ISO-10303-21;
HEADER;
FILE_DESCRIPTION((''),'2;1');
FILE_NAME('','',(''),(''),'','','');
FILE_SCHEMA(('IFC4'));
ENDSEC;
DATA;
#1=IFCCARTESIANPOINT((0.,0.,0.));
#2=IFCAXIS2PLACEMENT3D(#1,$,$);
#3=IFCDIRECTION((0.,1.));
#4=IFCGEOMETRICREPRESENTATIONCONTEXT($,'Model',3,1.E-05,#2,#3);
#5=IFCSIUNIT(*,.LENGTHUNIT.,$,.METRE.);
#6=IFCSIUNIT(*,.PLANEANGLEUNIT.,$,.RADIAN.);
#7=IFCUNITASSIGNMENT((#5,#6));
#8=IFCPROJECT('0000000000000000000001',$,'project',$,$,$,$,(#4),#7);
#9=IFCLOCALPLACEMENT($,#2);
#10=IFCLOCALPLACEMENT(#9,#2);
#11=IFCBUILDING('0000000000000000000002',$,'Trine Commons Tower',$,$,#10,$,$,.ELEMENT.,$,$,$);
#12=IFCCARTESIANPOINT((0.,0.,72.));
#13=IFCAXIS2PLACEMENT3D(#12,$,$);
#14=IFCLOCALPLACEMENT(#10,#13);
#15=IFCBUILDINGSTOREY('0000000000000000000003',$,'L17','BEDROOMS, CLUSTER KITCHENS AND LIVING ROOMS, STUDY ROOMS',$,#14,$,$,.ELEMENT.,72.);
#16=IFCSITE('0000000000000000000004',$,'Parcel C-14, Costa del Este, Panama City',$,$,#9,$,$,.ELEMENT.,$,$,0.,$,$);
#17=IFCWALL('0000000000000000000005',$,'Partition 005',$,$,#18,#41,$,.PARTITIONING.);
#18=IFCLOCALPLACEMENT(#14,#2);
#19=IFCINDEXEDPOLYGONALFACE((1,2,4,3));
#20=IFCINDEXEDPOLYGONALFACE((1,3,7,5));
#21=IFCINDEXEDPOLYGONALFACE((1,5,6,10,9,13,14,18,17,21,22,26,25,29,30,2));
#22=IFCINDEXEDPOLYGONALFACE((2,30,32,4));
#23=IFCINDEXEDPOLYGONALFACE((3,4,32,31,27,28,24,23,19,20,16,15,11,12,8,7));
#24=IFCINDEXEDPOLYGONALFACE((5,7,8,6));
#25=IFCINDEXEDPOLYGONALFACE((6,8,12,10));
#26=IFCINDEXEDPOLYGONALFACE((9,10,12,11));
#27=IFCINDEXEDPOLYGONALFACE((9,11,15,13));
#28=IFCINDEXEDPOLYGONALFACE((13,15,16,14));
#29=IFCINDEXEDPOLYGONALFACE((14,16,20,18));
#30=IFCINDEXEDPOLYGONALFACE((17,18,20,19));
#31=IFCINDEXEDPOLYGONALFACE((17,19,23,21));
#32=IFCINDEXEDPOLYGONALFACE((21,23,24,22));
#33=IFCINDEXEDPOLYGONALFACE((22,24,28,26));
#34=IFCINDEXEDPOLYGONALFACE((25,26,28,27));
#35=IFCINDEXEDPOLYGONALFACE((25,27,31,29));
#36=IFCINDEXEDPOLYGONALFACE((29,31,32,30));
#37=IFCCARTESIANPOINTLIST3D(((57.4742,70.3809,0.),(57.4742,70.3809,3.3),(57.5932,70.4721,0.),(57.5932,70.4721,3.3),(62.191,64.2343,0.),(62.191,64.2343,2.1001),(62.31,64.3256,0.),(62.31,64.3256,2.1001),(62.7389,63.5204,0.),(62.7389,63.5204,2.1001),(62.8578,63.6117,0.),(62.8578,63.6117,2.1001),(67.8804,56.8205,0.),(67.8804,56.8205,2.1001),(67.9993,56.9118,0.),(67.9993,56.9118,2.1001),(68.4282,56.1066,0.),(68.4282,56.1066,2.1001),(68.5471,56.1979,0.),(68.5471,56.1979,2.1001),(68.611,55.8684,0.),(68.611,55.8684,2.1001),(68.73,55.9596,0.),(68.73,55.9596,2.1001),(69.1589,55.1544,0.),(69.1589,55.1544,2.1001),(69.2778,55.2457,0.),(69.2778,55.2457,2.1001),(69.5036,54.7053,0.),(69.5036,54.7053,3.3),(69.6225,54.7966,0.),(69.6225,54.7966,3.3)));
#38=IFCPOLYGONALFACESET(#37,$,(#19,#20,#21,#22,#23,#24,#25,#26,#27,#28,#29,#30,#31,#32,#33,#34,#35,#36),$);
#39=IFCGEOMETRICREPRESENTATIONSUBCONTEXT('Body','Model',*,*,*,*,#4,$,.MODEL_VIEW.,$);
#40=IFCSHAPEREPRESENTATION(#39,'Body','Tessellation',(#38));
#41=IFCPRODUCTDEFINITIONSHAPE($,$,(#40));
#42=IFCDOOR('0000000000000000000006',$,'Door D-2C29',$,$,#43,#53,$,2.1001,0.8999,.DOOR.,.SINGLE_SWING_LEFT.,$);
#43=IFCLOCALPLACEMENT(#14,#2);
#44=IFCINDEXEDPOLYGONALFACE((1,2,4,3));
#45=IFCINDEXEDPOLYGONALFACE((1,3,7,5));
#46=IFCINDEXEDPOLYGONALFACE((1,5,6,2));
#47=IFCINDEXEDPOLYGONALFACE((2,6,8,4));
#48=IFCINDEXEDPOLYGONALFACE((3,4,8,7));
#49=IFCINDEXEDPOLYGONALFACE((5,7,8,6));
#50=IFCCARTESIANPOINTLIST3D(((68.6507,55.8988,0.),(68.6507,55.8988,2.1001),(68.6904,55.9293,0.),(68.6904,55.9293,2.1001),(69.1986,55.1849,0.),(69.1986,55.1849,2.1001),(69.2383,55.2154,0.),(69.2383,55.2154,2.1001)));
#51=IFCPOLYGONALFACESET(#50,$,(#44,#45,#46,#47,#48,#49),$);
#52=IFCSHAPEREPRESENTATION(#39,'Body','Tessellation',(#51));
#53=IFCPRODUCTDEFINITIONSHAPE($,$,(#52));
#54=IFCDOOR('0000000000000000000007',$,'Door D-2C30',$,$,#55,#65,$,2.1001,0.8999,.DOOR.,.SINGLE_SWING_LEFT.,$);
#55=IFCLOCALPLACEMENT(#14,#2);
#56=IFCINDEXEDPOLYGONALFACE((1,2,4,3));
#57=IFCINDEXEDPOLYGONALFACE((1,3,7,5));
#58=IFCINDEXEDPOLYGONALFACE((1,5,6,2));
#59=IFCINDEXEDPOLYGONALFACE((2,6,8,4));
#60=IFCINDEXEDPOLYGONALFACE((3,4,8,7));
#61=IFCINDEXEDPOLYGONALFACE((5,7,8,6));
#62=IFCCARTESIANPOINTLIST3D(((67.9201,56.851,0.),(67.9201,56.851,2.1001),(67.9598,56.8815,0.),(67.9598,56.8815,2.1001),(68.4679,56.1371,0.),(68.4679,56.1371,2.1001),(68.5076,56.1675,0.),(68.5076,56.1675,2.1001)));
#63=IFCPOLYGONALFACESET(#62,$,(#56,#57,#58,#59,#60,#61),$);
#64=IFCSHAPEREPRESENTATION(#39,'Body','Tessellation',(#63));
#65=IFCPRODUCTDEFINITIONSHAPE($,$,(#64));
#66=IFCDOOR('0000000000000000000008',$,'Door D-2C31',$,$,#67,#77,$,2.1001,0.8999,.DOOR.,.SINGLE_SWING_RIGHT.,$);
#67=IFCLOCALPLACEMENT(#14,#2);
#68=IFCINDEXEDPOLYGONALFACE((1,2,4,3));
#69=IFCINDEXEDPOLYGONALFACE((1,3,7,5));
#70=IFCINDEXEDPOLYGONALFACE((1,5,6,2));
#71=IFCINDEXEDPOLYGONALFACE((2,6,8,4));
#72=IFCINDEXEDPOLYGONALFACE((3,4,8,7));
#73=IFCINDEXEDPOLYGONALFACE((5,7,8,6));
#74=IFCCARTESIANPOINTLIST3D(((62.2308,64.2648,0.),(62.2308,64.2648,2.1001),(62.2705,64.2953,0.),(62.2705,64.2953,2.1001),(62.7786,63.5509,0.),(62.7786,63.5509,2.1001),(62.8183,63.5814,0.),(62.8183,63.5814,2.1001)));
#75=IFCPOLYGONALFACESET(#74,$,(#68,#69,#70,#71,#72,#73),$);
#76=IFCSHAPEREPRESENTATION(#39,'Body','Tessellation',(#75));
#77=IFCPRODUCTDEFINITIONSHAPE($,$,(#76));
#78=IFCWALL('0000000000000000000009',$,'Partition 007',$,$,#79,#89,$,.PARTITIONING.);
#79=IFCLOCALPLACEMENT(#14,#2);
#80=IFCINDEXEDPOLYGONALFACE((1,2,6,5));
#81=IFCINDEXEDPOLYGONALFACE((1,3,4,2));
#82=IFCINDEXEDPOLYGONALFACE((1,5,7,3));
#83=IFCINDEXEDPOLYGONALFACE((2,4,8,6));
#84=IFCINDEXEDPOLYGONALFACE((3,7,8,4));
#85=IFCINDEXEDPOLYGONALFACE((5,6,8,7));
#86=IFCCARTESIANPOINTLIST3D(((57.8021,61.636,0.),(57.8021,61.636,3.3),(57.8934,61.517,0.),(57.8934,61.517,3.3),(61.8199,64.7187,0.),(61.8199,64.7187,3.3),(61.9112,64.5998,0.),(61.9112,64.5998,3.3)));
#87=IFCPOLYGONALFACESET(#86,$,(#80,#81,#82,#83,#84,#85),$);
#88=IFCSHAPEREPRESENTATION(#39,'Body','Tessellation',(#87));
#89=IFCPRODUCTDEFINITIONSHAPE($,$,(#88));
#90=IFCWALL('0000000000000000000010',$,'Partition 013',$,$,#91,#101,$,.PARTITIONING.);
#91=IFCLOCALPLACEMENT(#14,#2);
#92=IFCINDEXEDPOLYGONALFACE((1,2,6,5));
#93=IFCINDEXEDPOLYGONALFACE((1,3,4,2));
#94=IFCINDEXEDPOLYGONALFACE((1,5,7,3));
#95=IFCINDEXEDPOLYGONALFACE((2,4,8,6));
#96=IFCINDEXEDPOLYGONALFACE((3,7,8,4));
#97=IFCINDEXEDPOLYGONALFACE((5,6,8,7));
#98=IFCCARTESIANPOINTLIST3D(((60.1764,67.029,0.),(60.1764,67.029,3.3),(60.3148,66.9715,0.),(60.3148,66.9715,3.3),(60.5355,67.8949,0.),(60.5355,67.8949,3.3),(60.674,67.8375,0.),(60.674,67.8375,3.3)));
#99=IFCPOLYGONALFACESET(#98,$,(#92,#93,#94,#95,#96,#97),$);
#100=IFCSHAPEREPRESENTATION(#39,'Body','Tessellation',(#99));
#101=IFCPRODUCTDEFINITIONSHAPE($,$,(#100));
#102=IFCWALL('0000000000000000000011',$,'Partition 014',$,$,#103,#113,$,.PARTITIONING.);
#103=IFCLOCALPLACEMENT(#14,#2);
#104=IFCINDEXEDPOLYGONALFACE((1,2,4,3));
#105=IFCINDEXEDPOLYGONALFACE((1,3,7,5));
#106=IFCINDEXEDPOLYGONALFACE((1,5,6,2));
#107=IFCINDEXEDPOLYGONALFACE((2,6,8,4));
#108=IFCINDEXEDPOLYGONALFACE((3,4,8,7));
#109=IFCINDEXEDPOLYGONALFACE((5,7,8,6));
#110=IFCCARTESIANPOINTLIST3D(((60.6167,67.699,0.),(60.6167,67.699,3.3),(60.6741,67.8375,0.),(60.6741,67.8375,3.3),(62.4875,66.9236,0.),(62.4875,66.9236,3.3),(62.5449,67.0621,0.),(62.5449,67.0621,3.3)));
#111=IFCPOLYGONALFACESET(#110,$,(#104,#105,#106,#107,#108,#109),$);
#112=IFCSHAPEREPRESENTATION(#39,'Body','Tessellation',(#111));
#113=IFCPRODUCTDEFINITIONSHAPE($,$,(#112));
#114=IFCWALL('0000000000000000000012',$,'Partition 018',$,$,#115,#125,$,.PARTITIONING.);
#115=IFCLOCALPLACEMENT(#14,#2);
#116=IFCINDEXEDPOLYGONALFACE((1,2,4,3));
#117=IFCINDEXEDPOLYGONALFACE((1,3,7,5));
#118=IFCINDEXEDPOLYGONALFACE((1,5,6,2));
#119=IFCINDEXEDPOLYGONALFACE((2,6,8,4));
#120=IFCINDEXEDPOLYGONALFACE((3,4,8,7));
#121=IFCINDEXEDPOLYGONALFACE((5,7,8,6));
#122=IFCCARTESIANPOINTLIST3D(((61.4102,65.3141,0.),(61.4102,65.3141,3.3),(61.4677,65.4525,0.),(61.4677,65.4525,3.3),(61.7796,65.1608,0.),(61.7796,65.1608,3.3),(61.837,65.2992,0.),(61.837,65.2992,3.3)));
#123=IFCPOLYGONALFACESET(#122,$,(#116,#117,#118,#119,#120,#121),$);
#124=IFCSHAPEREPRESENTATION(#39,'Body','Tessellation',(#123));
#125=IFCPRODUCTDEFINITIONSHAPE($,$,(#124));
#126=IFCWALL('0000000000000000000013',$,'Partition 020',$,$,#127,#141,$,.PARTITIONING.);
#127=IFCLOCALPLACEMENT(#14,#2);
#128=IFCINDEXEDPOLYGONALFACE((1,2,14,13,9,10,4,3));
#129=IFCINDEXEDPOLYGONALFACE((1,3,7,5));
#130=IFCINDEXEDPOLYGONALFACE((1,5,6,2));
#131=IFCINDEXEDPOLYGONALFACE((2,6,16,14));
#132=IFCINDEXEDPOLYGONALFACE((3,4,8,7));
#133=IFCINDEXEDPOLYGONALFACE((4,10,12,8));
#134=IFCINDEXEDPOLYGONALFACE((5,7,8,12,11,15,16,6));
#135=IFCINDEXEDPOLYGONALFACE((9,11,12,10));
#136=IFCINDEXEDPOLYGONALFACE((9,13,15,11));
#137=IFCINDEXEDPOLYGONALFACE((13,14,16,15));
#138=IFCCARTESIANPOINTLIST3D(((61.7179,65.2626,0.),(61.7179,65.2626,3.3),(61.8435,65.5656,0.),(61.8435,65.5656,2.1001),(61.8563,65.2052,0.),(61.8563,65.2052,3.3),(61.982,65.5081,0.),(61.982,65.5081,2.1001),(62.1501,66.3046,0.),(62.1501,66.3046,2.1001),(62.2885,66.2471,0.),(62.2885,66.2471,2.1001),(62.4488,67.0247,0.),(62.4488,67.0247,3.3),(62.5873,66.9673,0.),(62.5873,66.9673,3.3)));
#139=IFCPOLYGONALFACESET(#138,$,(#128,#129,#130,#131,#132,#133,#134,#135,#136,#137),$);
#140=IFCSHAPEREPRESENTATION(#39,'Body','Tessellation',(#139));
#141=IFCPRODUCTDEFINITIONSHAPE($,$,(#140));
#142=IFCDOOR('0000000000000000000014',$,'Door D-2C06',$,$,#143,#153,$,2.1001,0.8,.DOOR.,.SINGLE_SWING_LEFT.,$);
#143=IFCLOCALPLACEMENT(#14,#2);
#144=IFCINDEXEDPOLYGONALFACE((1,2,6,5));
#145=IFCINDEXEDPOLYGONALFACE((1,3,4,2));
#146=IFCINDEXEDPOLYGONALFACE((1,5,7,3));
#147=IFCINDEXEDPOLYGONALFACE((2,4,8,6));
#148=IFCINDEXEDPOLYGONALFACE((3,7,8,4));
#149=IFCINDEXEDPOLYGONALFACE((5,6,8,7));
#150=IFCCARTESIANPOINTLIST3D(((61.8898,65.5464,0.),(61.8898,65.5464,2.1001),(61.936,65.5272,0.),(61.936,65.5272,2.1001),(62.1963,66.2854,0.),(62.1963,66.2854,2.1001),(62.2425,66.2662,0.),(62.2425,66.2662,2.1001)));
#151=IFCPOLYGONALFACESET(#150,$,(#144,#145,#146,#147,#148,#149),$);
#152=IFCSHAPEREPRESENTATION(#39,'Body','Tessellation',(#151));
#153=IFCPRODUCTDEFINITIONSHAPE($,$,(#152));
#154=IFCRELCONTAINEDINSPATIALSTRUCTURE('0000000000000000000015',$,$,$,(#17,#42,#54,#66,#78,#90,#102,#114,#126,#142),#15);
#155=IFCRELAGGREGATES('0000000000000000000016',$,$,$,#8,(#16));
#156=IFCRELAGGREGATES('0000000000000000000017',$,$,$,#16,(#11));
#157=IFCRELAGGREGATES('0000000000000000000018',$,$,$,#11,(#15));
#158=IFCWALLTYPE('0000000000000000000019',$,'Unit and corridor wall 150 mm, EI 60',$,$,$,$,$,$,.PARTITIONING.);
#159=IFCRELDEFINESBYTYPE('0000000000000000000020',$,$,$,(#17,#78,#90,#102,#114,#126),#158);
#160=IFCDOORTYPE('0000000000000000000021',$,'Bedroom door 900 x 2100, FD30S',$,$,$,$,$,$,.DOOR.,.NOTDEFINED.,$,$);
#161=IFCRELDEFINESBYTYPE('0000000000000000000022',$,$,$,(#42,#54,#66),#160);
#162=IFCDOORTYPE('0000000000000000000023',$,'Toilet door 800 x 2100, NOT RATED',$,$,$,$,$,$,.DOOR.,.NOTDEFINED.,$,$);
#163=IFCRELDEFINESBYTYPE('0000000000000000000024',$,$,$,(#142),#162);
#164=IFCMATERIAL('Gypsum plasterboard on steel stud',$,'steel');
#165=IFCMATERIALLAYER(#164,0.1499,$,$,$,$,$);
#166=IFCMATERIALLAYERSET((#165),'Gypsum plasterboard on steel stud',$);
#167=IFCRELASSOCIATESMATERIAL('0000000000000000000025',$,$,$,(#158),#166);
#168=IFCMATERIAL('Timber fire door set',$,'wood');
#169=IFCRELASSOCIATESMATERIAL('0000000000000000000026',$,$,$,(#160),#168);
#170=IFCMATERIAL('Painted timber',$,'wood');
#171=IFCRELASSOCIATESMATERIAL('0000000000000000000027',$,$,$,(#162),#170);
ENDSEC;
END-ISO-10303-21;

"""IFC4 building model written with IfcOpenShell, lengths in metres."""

from ifc_helpers import new_model, si_unit, direction, frame, frame_2d, origin, place, context, subcontext, project, spatial, rectangle, extrude, material, layer, layer_set, type_object, element, fill, save


model = new_model("IFC4")

# Units and contexts
model_context = context("Model", 3, precision=1e-05, world=origin(), true_north=direction((0.0, 1.0)))
body_context = subcontext(model_context, "Body", "Model", "MODEL_VIEW")
ifc_project = project(units=[si_unit("LENGTHUNIT", "METRE"), si_unit("PLANEANGLEUNIT", "RADIAN")], contexts=[model_context])

# Site, building, storey
site_placement = place(None, origin())
site = spatial("IfcSite", under=ifc_project, at=site_placement, Name="Parcel C-14, Costa del Este, Panama City", CompositionType="ELEMENT", RefElevation=0.0)
building_placement = place(site_placement, origin())
building = spatial("IfcBuilding", under=site, at=building_placement, Name="Trine Commons Tower", CompositionType="ELEMENT")
storey_placement = place(building_placement, frame((0.0, 0.0, 72.0)))
storey = spatial("IfcBuildingStorey", under=building, at=storey_placement, Name="L17", Description="BEDROOMS, CLUSTER KITCHENS AND LIVING ROOMS, STUDY ROOMS", CompositionType="ELEMENT", Elevation=72.0)

# Wall, openings, doors
ifc_material_1 = material(Name="Gypsum plasterboard on steel stud", Category="steel")
ifc_layer_1 = layer(ifc_material_1, 0.1499)
ifc_layer_set_1 = layer_set([ifc_layer_1], Name="Gypsum plasterboard on steel stud")
wall_type_1 = type_object("IfcWallType", Name="Unit and corridor wall 150 mm, EI 60", PredefinedType="PARTITIONING", material=ifc_layer_set_1)
wall_1_placement = place(storey_placement, frame((57.5337, 70.4265, 0.0), z_axis=(0.0, 0.0, 1.0), x_axis=(0.608794, -0.793328, 0.0)))
wall_1 = element("IfcWall", 1, at=wall_1_placement, inside=storey, type_object=wall_type_1, Name="Partition 005", PredefinedType="PARTITIONING", context=body_context, shape_type="SweptSolid", body=[
    extrude(rectangle(XDim=19.7593, YDim=0.1499, at=frame_2d((9.8796, 0.0))), origin(), (0.0, 0.0, 1.0), 3.3),
])
opening_1_placement = place(wall_1_placement, frame((18.2932, 0.0, 0.0)))
opening_1 = element("IfcOpeningElement", 2, at=opening_1_placement, cuts=wall_1, PredefinedType="OPENING", context=body_context, shape_type="SweptSolid", body=[
    extrude(rectangle(XDim=0.8999, YDim=2.1001, at=frame_2d((0.45, 1.05))), frame((0.0, 0.085, 0.0), z_axis=(0.0, -1.0, 0.0), x_axis=(1.0, 0.0, 0.0)), (0.0, 0.0, 1.0), 0.1699),
])
opening_2_placement = place(wall_1_placement, frame((17.093, 0.0, 0.0)))
opening_2 = element("IfcOpeningElement", 3, at=opening_2_placement, cuts=wall_1, PredefinedType="OPENING", context=body_context, shape_type="SweptSolid", body=[
    extrude(rectangle(XDim=0.8999, YDim=2.1001, at=frame_2d((0.45, 1.05))), frame((0.0, 0.085, 0.0), z_axis=(0.0, -1.0, 0.0), x_axis=(1.0, 0.0, 0.0)), (0.0, 0.0, 1.0), 0.1699),
])
opening_3_placement = place(wall_1_placement, frame((7.7478, 0.0, 0.0)))
opening_3 = element("IfcOpeningElement", 4, at=opening_3_placement, cuts=wall_1, PredefinedType="OPENING", context=body_context, shape_type="SweptSolid", body=[
    extrude(rectangle(XDim=0.8999, YDim=2.1001, at=frame_2d((0.45, 1.05))), frame((0.0, 0.085, 0.0), z_axis=(0.0, -1.0, 0.0), x_axis=(1.0, 0.0, 0.0)), (0.0, 0.0, 1.0), 0.1699),
])
ifc_material_2 = material(Name="Timber fire door set", Category="wood")
door_type_1 = type_object("IfcDoorType", Name="Bedroom door 900 x 2100, FD30S", OperationType="NOTDEFINED", PredefinedType="DOOR", material=ifc_material_2)
door_1_placement = place(opening_1_placement, frame((0.8999, 0.0, 0.0), z_axis=(0.0, 0.0, 1.0), x_axis=(-1.0, 0.0, 0.0)))
door_1 = element("IfcDoor", 5, at=door_1_placement, inside=storey, type_object=door_type_1, Name="Door D-2C29", OperationType="SINGLE_SWING_LEFT", OverallHeight=2.1001, OverallWidth=0.8999, PredefinedType="DOOR", context=body_context, shape_type="SweptSolid", body=[
    extrude(rectangle(XDim=0.8999, YDim=2.1001, at=frame_2d((0.45, 1.05))), frame((0.0, 0.0249, 0.0), z_axis=(0.0, -1.0, 0.0), x_axis=(1.0, 0.0, 0.0)), (0.0, 0.0, 1.0), 0.05),
])
fill(opening_1, door_1)
door_2_placement = place(opening_2_placement, frame((0.8999, 0.0, 0.0), z_axis=(0.0, 0.0, 1.0), x_axis=(-1.0, 0.0, 0.0)))
door_2 = element("IfcDoor", 6, at=door_2_placement, inside=storey, type_object=door_type_1, Name="Door D-2C30", OperationType="SINGLE_SWING_LEFT", OverallHeight=2.1001, OverallWidth=0.8999, PredefinedType="DOOR", context=body_context, shape_type="SweptSolid", body=[
    extrude(rectangle(XDim=0.8999, YDim=2.1001, at=frame_2d((0.45, 1.05))), frame((0.0, 0.0249, 0.0), z_axis=(0.0, -1.0, 0.0), x_axis=(1.0, 0.0, 0.0)), (0.0, 0.0, 1.0), 0.05),
])
fill(opening_2, door_2)
door_3_placement = place(opening_3_placement, frame((0.8999, 0.0, 0.0), z_axis=(0.0, 0.0, 1.0), x_axis=(-1.0, 0.0, 0.0)))
door_3 = element("IfcDoor", 7, at=door_3_placement, inside=storey, type_object=door_type_1, Name="Door D-2C31", OperationType="SINGLE_SWING_RIGHT", OverallHeight=2.1001, OverallWidth=0.8999, PredefinedType="DOOR", context=body_context, shape_type="SweptSolid", body=[
    extrude(rectangle(XDim=0.8999, YDim=2.1001, at=frame_2d((0.45, 1.05))), frame((0.0, 0.0249, 0.0), z_axis=(0.0, -1.0, 0.0), x_axis=(1.0, 0.0, 0.0)), (0.0, 0.0, 1.0), 0.05),
])
fill(opening_3, door_3)

# Walls
wall_2_placement = place(storey_placement, frame((57.8477, 61.5764, 0.0), z_axis=(0.0, 0.0, 1.0), x_axis=(0.793374, 0.608734, 0.0)))
element("IfcWall", 8, at=wall_2_placement, inside=storey, type_object=wall_type_1, Name="Partition 007", PredefinedType="PARTITIONING", context=body_context, shape_type="SweptSolid", body=[
    extrude(rectangle(XDim=5.0642, YDim=0.1499, at=frame_2d((2.5322, 0.0))), origin(), (0.0, 0.0, 1.0), 3.3),
])
wall_3_placement = place(storey_placement, frame((60.2456, 67.0002, 0.0), z_axis=(0.0, 0.0, 1.0), x_axis=(0.38308, 0.923715, 0.0)))
element("IfcWall", 9, at=wall_3_placement, inside=storey, type_object=wall_type_1, Name="Partition 013", PredefinedType="PARTITIONING", context=body_context, shape_type="SweptSolid", body=[
    extrude(rectangle(XDim=0.9375, YDim=0.1499, at=frame_2d((0.4688, 0.0))), origin(), (0.0, 0.0, 1.0), 3.3),
])
wall_4_placement = place(storey_placement, frame((60.6453, 67.7683, 0.0), z_axis=(0.0, 0.0, 1.0), x_axis=(0.923799, -0.382877, 0.0)))
element("IfcWall", 10, at=wall_4_placement, inside=storey, type_object=wall_type_1, Name="Partition 014", PredefinedType="PARTITIONING", context=body_context, shape_type="SweptSolid", body=[
    extrude(rectangle(XDim=2.0251, YDim=0.1499, at=frame_2d((1.0127, 0.0))), origin(), (0.0, 0.0, 1.0), 3.3),
])
wall_5_placement = place(storey_placement, frame((61.439, 65.3833, 0.0), z_axis=(0.0, 0.0, 1.0), x_axis=(0.9236, -0.383358, 0.0)))
element("IfcWall", 11, at=wall_5_placement, inside=storey, type_object=wall_type_1, Name="Partition 018", PredefinedType="PARTITIONING", context=body_context, shape_type="SweptSolid", body=[
    extrude(rectangle(XDim=0.3999, YDim=0.1499, at=frame_2d((0.2, 0.0))), origin(), (0.0, 0.0, 1.0), 3.3),
])

# Wall, opening, door
wall_6_placement = place(storey_placement, frame((61.7871, 65.2339, 0.0), z_axis=(0.0, 0.0, 1.0), x_axis=(0.383143, 0.923689, 0.0)))
wall_6 = element("IfcWall", 12, at=wall_6_placement, inside=storey, type_object=wall_type_1, Name="Partition 020", PredefinedType="PARTITIONING", context=body_context, shape_type="SweptSolid", body=[
    extrude(rectangle(XDim=1.9077, YDim=0.1499, at=frame_2d((0.9539, 0.0))), origin(), (0.0, 0.0, 1.0), 3.3),
])
opening_4_placement = place(wall_6_placement, frame((0.3281, 0.0, 0.0)))
opening_4 = element("IfcOpeningElement", 13, at=opening_4_placement, cuts=wall_6, PredefinedType="OPENING", context=body_context, shape_type="SweptSolid", body=[
    extrude(rectangle(XDim=0.8, YDim=2.1001, at=frame_2d((0.3999, 1.05))), frame((0.0, 0.085, 0.0), z_axis=(0.0, -1.0, 0.0), x_axis=(1.0, 0.0, 0.0)), (0.0, 0.0, 1.0), 0.1699),
])
ifc_material_3 = material(Name="Painted timber", Category="wood")
door_type_2 = type_object("IfcDoorType", Name="Toilet door 800 x 2100, NOT RATED", OperationType="NOTDEFINED", PredefinedType="DOOR", material=ifc_material_3)
door_4_placement = place(opening_4_placement, origin())
door_4 = element("IfcDoor", 14, at=door_4_placement, inside=storey, type_object=door_type_2, Name="Door D-2C06", OperationType="SINGLE_SWING_LEFT", OverallHeight=2.1001, OverallWidth=0.8, PredefinedType="DOOR", context=body_context, shape_type="SweptSolid", body=[
    extrude(rectangle(XDim=0.8, YDim=2.1001, at=frame_2d((0.3999, 1.05))), frame((0.0, 0.0249, 0.0), z_axis=(0.0, -1.0, 0.0), x_axis=(1.0, 0.0, 0.0)), (0.0, 0.0, 1.0), 0.05),
])
fill(opening_4, door_4)

save(model, "model.ifc")
